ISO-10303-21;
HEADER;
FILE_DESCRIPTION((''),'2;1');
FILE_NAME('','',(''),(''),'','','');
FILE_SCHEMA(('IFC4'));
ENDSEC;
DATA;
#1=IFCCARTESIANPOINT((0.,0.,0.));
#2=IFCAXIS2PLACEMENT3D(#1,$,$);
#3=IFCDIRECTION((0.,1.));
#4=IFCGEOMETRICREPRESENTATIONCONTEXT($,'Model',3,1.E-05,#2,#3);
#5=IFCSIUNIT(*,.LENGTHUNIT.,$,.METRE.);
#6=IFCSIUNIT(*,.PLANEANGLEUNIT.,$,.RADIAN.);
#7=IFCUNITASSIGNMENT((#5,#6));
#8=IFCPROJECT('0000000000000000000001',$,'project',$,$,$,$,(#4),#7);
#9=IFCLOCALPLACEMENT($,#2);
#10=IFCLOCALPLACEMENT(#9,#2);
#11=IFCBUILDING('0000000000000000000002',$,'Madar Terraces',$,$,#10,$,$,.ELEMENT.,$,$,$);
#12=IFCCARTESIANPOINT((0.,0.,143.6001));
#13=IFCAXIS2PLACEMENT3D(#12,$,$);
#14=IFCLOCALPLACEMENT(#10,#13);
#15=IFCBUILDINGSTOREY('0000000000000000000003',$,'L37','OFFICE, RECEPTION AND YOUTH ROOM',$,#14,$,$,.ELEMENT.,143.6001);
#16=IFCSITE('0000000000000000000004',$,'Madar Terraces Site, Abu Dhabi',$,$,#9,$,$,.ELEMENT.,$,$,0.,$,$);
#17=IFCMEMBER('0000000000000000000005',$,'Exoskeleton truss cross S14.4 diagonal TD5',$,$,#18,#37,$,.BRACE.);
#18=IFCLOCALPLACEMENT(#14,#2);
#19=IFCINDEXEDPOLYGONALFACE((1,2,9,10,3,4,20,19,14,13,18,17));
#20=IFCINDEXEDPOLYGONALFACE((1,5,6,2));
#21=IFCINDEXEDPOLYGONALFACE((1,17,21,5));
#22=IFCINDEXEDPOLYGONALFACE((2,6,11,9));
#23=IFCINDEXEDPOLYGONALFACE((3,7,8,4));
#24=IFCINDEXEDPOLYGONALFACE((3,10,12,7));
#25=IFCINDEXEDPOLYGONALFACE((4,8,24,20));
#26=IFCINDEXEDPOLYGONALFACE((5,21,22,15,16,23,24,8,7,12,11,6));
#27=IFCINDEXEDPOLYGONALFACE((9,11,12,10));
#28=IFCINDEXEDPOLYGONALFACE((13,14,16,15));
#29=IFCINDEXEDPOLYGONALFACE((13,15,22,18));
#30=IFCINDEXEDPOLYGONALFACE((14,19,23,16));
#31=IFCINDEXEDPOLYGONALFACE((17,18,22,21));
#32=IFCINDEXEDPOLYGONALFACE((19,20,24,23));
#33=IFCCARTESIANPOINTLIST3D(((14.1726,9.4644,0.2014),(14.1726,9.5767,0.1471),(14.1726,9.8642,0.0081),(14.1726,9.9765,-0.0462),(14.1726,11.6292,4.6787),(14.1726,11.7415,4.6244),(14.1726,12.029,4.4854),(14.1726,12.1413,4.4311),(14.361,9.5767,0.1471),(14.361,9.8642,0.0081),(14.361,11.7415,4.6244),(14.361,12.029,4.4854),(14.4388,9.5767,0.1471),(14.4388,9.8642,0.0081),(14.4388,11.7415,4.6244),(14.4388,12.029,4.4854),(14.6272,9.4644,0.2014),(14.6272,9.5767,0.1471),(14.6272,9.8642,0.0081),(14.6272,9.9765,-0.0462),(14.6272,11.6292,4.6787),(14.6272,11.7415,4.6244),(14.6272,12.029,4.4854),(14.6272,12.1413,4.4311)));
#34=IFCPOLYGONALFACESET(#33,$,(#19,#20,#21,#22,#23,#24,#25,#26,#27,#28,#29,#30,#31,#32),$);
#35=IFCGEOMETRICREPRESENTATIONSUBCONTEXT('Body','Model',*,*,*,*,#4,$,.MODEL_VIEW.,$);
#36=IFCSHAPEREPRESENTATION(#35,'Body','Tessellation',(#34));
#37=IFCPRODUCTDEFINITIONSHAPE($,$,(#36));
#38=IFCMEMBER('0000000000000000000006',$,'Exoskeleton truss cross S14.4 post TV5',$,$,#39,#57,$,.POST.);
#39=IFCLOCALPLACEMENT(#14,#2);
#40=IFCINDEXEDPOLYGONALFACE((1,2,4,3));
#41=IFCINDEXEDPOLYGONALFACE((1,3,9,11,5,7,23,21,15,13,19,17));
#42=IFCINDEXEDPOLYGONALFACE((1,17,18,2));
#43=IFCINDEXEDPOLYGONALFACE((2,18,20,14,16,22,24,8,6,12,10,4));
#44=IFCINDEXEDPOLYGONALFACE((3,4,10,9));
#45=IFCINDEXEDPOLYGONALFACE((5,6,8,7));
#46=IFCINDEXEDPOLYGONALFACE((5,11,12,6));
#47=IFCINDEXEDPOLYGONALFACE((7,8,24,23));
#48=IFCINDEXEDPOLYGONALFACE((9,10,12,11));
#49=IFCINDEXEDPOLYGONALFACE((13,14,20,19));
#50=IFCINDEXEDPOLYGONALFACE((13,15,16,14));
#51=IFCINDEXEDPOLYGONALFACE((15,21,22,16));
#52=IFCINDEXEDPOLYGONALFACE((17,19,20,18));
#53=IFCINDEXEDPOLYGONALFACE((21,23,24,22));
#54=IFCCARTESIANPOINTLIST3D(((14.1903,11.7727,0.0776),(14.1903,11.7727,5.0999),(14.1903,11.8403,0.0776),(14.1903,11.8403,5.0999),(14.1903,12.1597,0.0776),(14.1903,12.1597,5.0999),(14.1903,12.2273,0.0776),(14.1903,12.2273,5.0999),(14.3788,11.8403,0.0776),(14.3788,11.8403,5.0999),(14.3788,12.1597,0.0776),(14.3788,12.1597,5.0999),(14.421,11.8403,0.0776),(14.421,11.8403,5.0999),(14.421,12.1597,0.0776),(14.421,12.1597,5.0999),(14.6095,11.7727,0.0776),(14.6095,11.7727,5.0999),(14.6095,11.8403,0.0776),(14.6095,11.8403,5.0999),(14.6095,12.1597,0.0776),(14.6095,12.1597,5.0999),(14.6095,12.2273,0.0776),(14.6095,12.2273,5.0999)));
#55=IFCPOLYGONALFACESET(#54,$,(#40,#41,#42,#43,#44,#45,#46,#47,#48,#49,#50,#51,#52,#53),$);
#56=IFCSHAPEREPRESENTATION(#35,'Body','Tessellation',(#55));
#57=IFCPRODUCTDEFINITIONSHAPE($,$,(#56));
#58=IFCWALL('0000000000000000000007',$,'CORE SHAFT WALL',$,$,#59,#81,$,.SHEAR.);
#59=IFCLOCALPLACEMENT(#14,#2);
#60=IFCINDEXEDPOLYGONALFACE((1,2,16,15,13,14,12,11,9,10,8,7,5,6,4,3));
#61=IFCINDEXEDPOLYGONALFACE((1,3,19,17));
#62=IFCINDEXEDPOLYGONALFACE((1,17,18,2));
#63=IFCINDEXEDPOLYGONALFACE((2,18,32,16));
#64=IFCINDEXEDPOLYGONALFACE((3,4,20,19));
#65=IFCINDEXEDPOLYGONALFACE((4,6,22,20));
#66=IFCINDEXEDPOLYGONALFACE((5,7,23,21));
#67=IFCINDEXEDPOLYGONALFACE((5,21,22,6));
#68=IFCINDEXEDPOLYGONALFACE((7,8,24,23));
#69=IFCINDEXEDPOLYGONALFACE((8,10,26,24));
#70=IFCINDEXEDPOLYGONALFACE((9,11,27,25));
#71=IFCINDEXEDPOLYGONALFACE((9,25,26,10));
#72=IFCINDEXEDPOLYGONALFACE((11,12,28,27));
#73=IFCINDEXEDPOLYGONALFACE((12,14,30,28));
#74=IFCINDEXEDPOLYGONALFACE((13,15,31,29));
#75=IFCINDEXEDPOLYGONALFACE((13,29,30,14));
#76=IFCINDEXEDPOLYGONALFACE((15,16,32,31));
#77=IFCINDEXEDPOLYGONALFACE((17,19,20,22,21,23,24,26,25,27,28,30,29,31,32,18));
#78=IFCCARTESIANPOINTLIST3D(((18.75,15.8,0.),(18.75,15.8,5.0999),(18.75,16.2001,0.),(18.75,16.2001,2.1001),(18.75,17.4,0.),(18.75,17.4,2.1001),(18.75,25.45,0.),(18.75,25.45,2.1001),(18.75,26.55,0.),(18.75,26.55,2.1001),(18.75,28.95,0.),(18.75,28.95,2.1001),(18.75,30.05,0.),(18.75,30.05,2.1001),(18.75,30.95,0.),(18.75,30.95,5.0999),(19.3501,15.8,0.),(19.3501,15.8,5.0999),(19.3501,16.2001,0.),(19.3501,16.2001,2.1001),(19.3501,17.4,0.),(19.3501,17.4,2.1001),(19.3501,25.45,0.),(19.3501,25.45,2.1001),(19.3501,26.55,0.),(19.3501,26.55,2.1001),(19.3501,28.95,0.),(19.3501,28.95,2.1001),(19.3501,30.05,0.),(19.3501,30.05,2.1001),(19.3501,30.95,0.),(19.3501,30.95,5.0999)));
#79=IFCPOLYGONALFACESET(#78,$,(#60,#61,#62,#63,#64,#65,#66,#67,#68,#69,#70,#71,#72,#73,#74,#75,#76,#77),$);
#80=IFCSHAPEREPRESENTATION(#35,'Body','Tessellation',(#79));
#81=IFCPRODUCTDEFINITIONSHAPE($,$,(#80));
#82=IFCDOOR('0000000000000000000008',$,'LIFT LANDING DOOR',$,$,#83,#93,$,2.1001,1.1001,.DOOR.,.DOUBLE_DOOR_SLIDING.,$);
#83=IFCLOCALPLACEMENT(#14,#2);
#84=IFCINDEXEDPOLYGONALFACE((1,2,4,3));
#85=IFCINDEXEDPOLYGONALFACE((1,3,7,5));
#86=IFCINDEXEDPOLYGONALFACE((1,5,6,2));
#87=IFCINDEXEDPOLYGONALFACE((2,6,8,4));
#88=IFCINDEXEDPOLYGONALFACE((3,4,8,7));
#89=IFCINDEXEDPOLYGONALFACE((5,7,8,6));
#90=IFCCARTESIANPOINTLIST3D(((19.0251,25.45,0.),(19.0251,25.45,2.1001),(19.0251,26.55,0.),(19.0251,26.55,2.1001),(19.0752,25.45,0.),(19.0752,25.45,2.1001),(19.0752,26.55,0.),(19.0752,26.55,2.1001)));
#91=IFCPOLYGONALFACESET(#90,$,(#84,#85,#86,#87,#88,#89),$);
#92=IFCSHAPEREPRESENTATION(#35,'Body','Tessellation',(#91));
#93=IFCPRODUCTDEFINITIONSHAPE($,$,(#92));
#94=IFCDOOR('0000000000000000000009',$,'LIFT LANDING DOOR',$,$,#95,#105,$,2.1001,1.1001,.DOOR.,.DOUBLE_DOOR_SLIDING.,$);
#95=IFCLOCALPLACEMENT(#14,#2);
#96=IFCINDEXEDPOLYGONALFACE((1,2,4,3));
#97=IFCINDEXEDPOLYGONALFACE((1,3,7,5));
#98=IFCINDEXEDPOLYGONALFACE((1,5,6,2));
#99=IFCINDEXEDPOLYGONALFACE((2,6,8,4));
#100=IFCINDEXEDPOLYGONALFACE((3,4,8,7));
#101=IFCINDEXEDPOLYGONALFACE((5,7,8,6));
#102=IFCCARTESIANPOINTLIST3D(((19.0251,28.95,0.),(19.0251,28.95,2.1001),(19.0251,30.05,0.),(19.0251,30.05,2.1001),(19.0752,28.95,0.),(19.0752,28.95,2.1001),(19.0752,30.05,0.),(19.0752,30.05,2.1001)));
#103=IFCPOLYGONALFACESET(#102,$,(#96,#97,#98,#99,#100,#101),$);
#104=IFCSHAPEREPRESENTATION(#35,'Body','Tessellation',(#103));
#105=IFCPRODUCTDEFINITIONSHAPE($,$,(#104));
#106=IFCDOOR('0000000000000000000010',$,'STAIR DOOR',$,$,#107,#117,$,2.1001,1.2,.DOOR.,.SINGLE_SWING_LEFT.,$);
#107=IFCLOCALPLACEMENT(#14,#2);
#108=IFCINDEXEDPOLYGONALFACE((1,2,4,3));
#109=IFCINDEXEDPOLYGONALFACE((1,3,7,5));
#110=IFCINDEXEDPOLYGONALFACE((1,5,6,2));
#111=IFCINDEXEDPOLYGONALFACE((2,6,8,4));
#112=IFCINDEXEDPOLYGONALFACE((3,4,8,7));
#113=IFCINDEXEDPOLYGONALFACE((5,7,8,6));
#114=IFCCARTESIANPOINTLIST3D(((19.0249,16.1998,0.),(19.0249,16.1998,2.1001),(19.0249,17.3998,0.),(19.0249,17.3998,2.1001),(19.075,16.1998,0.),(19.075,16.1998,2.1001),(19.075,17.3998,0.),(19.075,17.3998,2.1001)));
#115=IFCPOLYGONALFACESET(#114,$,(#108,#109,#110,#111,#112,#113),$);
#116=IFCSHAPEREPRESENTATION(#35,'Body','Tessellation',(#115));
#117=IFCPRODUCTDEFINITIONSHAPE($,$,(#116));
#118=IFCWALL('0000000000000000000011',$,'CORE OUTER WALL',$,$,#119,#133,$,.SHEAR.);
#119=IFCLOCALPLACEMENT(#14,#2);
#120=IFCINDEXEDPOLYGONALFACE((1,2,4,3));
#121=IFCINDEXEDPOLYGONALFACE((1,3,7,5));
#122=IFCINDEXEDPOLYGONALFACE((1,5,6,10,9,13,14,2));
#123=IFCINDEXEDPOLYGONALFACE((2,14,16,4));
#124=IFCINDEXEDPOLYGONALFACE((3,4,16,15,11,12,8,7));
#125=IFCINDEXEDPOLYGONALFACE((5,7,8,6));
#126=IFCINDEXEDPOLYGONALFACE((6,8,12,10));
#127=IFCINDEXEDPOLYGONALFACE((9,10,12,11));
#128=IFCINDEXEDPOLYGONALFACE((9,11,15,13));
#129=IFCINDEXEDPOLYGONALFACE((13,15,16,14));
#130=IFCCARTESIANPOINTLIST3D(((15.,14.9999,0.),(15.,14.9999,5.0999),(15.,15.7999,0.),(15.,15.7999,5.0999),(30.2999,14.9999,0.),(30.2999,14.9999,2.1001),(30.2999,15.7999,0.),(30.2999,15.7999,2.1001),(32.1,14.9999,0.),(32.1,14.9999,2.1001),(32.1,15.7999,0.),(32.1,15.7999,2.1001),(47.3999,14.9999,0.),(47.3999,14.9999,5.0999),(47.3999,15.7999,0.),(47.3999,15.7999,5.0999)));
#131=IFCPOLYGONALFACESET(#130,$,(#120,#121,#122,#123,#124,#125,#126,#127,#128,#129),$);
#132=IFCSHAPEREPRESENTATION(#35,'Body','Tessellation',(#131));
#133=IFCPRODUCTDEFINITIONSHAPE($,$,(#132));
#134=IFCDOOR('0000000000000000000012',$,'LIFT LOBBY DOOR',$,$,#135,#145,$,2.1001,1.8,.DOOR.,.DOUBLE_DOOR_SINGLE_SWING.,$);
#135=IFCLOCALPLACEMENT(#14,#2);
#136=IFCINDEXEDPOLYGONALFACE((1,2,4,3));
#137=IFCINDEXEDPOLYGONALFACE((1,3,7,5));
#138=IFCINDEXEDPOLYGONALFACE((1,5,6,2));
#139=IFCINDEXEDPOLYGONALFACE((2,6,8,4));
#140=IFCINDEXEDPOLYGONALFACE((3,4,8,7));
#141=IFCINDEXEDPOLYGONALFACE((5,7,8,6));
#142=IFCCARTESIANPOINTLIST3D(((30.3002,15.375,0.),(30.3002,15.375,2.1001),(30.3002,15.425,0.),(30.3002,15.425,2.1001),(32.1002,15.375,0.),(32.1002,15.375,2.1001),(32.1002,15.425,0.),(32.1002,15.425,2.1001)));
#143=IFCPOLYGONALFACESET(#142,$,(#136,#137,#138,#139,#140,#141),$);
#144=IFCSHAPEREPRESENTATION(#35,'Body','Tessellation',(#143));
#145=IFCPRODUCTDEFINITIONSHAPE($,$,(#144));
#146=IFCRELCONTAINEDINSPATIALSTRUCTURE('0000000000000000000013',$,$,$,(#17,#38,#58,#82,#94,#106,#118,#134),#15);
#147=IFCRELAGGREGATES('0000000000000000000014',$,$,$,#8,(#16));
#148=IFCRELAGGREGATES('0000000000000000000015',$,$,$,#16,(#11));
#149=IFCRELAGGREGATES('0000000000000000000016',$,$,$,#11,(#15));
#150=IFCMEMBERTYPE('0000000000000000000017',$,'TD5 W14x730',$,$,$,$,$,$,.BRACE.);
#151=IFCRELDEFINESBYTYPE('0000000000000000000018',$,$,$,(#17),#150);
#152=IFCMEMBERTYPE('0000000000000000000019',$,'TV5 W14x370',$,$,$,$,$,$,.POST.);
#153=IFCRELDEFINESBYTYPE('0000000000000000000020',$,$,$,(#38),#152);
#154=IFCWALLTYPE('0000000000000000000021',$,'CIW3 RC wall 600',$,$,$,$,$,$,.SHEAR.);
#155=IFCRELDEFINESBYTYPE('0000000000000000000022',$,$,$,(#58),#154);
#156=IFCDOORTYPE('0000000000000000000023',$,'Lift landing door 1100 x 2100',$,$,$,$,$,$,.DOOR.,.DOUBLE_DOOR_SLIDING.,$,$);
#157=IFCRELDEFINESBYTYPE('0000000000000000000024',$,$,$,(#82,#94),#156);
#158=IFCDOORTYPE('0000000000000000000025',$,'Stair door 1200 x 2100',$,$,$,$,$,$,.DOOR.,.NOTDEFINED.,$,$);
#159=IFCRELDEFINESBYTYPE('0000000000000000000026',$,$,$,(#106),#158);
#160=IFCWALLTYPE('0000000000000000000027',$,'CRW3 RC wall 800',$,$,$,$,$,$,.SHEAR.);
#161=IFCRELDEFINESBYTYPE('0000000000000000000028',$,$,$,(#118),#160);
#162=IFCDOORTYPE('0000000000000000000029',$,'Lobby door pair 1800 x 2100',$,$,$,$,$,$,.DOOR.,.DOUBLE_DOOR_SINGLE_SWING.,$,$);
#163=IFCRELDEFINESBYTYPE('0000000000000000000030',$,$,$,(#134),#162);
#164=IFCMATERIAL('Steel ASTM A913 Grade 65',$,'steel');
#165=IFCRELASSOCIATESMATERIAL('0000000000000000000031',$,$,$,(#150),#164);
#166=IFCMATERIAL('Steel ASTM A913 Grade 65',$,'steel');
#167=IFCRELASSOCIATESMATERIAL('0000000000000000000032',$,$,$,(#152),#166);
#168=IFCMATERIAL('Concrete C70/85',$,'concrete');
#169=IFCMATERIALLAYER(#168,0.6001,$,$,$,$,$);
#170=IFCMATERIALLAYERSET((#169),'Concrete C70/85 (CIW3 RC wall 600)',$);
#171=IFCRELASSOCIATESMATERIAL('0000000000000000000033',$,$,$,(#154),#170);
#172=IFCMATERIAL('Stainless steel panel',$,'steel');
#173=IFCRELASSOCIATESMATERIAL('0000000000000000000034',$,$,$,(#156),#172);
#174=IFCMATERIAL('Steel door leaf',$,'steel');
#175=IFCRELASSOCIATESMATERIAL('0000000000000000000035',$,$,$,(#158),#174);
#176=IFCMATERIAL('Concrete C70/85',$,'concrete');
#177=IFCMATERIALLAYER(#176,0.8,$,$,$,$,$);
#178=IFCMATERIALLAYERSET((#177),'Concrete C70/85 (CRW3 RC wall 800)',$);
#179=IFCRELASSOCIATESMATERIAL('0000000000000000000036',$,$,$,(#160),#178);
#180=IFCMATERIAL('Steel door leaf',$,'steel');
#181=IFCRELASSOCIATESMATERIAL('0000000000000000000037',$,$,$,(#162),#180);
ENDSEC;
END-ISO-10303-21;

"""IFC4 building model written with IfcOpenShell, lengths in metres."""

from ifc_helpers import new_model, si_unit, direction, frame, frame_2d, origin, origin_2d, place, context, subcontext, project, spatial, rectangle, i_section, extrude, material, layer, layer_set, material_profile, profile_set, type_object, element, fill, save


model = new_model("IFC4")

# Units and contexts
model_context = context("Model", 3, precision=1e-05, world=origin(), true_north=direction((0.0, 1.0)))
body_context = subcontext(model_context, "Body", "Model", "MODEL_VIEW")
ifc_project = project(units=[si_unit("LENGTHUNIT", "METRE"), si_unit("PLANEANGLEUNIT", "RADIAN")], contexts=[model_context])

# Site, building, storey
site_placement = place(None, origin())
site = spatial("IfcSite", under=ifc_project, at=site_placement, Name="Madar Terraces Site, Abu Dhabi", CompositionType="ELEMENT", RefElevation=0.0)
building_placement = place(site_placement, origin())
building = spatial("IfcBuilding", under=site, at=building_placement, Name="Madar Terraces", CompositionType="ELEMENT")
storey_placement = place(building_placement, frame((0.0, 0.0, 143.6001)))
storey = spatial("IfcBuildingStorey", under=building, at=storey_placement, Name="L37", Description="OFFICE, RECEPTION AND YOUTH ROOM", CompositionType="ELEMENT", Elevation=143.6001)

# Members
ifc_material_1 = material(Name="Steel ASTM A913 Grade 65", Category="steel")
ifc_material_profile_1 = material_profile(ifc_material_1, i_section(OverallWidth=0.4546, OverallDepth=0.5688, WebThickness=0.0779, FlangeThickness=0.1248, at=origin_2d()), Name="W14x730")
ifc_profile_set_1 = profile_set([ifc_material_profile_1], Name="Steel ASTM A913 Grade 65")
member_type_1 = type_object("IfcMemberType", Name="TD5 W14x730", PredefinedType="BRACE", material=ifc_profile_set_1)
member_1_placement = place(storey_placement, frame((14.3999, 9.7205, 0.0776), z_axis=(0.0, 0.435294, 0.900288), x_axis=(-1.0, 0.0, 0.0)))
element("IfcMember", 1, at=member_1_placement, inside=storey, type_object=member_type_1, Name="Exoskeleton truss cross S14.4 diagonal TD5", PredefinedType="BRACE", context=body_context, shape_type="SweptSolid", body=[
    extrude(i_section(OverallWidth=0.4546, OverallDepth=0.5688, WebThickness=0.0779, FlangeThickness=0.1248, at=origin_2d()), origin(), (0.0, 0.0, 1.0), 4.9731),
])
ifc_material_2 = material(Name="Steel ASTM A913 Grade 65", Category="steel")
ifc_material_profile_2 = material_profile(ifc_material_2, i_section(OverallWidth=0.4192, OverallDepth=0.4546, WebThickness=0.0422, FlangeThickness=0.0676, at=origin_2d()), Name="W14x370")
ifc_profile_set_2 = profile_set([ifc_material_profile_2], Name="Steel ASTM A913 Grade 65")
member_type_2 = type_object("IfcMemberType", Name="TV5 W14x370", PredefinedType="POST", material=ifc_profile_set_2)
member_2_placement = place(storey_placement, frame((14.3999, 12.0, 0.0776), z_axis=(0.0, 0.0, 1.0), x_axis=(-1.0, 0.0, 0.0)))
element("IfcMember", 2, at=member_2_placement, inside=storey, type_object=member_type_2, Name="Exoskeleton truss cross S14.4 post TV5", PredefinedType="POST", context=body_context, shape_type="SweptSolid", body=[
    extrude(i_section(OverallWidth=0.4192, OverallDepth=0.4546, WebThickness=0.0422, FlangeThickness=0.0676, at=origin_2d()), origin(), (0.0, 0.0, 1.0), 5.0222),
])

# Wall, openings, doors
ifc_material_3 = material(Name="Concrete C70/85", Category="concrete")
ifc_layer_1 = layer(ifc_material_3, 0.6001)
ifc_layer_set_1 = layer_set([ifc_layer_1], Name="Concrete C70/85 (CIW3 RC wall 600)")
wall_type_1 = type_object("IfcWallType", Name="CIW3 RC wall 600", PredefinedType="SHEAR", material=ifc_layer_set_1)
wall_1_placement = place(storey_placement, frame((19.05, 15.8, 0.0), z_axis=(0.0, 0.0, 1.0), x_axis=(0.0, 1.0, 0.0)))
wall_1 = element("IfcWall", 3, at=wall_1_placement, inside=storey, type_object=wall_type_1, Name="CORE SHAFT WALL", PredefinedType="SHEAR", context=body_context, shape_type="SweptSolid", body=[
    extrude(rectangle(XDim=15.1499, YDim=0.6001, at=frame_2d((7.575, 0.0))), origin(), (0.0, 0.0, 1.0), 5.0999),
])
opening_1_placement = place(wall_1_placement, frame((9.6499, 0.0, 0.0)))
opening_1 = element("IfcOpeningElement", 4, at=opening_1_placement, cuts=wall_1, PredefinedType="OPENING", context=body_context, shape_type="SweptSolid", body=[
    extrude(rectangle(XDim=1.1001, YDim=2.1001, at=frame_2d((0.55, 1.05))), frame((0.0, 0.3101, 0.0), z_axis=(0.0, -1.0, 0.0), x_axis=(1.0, 0.0, 0.0)), (0.0, 0.0, 1.0), 0.6201),
])
opening_2_placement = place(wall_1_placement, frame((13.1499, 0.0, 0.0)))
opening_2 = element("IfcOpeningElement", 5, at=opening_2_placement, cuts=wall_1, PredefinedType="OPENING", context=body_context, shape_type="SweptSolid", body=[
    extrude(rectangle(XDim=1.1001, YDim=2.1001, at=frame_2d((0.55, 1.05))), frame((0.0, 0.3101, 0.0), z_axis=(0.0, -1.0, 0.0), x_axis=(1.0, 0.0, 0.0)), (0.0, 0.0, 1.0), 0.6201),
])
opening_3_placement = place(wall_1_placement, frame((0.3999, 0.0, 0.0)))
opening_3 = element("IfcOpeningElement", 6, at=opening_3_placement, cuts=wall_1, PredefinedType="OPENING", context=body_context, shape_type="SweptSolid", body=[
    extrude(rectangle(XDim=1.2, YDim=2.1001, at=frame_2d((0.6001, 1.05))), frame((0.0, 0.3101, 0.0), z_axis=(0.0, -1.0, 0.0), x_axis=(1.0, 0.0, 0.0)), (0.0, 0.0, 1.0), 0.6201),
])
ifc_material_4 = material(Name="Stainless steel panel", Category="steel")
door_type_1 = type_object("IfcDoorType", Name="Lift landing door 1100 x 2100", OperationType="DOUBLE_DOOR_SLIDING", PredefinedType="DOOR", material=ifc_material_4)
door_1_placement = place(opening_1_placement, origin())
door_1 = element("IfcDoor", 7, at=door_1_placement, inside=storey, type_object=door_type_1, Name="LIFT LANDING DOOR", OperationType="DOUBLE_DOOR_SLIDING", OverallHeight=2.1001, OverallWidth=1.1001, PredefinedType="DOOR", context=body_context, shape_type="SweptSolid", body=[
    extrude(rectangle(XDim=1.1001, YDim=2.1001, at=frame_2d((0.55, 1.05))), frame((0.0, 0.0249, 0.0), z_axis=(0.0, -1.0, 0.0), x_axis=(1.0, 0.0, 0.0)), (0.0, 0.0, 1.0), 0.05),
])
fill(opening_1, door_1)
door_2_placement = place(opening_2_placement, origin())
door_2 = element("IfcDoor", 8, at=door_2_placement, inside=storey, type_object=door_type_1, Name="LIFT LANDING DOOR", OperationType="DOUBLE_DOOR_SLIDING", OverallHeight=2.1001, OverallWidth=1.1001, PredefinedType="DOOR", context=body_context, shape_type="SweptSolid", body=[
    extrude(rectangle(XDim=1.1001, YDim=2.1001, at=frame_2d((0.55, 1.05))), frame((0.0, 0.0249, 0.0), z_axis=(0.0, -1.0, 0.0), x_axis=(1.0, 0.0, 0.0)), (0.0, 0.0, 1.0), 0.05),
])
fill(opening_2, door_2)
ifc_material_5 = material(Name="Steel door leaf", Category="steel")
door_type_2 = type_object("IfcDoorType", Name="Stair door 1200 x 2100", OperationType="NOTDEFINED", PredefinedType="DOOR", material=ifc_material_5)
door_3_placement = place(opening_3_placement, frame((1.2, 0.0, 0.0), z_axis=(0.0, 0.0, 1.0), x_axis=(-1.0, 0.0, 0.0)))
door_3 = element("IfcDoor", 9, at=door_3_placement, inside=storey, type_object=door_type_2, Name="STAIR DOOR", OperationType="SINGLE_SWING_LEFT", OverallHeight=2.1001, OverallWidth=1.2, PredefinedType="DOOR", context=body_context, shape_type="SweptSolid", body=[
    extrude(rectangle(XDim=1.2, YDim=2.1001, at=frame_2d((0.6001, 1.05))), frame((0.0, 0.0249, 0.0), z_axis=(0.0, -1.0, 0.0), x_axis=(1.0, 0.0, 0.0)), (0.0, 0.0, 1.0), 0.05),
])
fill(opening_3, door_3)

# Wall, opening, door
ifc_material_6 = material(Name="Concrete C70/85", Category="concrete")
ifc_layer_2 = layer(ifc_material_6, 0.8)
ifc_layer_set_2 = layer_set([ifc_layer_2], Name="Concrete C70/85 (CRW3 RC wall 800)")
wall_type_2 = type_object("IfcWallType", Name="CRW3 RC wall 800", PredefinedType="SHEAR", material=ifc_layer_set_2)
wall_2_placement = place(storey_placement, frame((15.0, 15.3999, 0.0), z_axis=(0.0, 0.0, 1.0), x_axis=(1.0, 0.0, 0.0)))
wall_2 = element("IfcWall", 10, at=wall_2_placement, inside=storey, type_object=wall_type_2, Name="CORE OUTER WALL", PredefinedType="SHEAR", context=body_context, shape_type="SweptSolid", body=[
    extrude(rectangle(XDim=32.3999, YDim=0.8, at=frame_2d((16.2, 0.0))), origin(), (0.0, 0.0, 1.0), 5.0999),
])
opening_4_placement = place(wall_2_placement, frame((15.3, 0.0, 0.0)))
opening_4 = element("IfcOpeningElement", 11, at=opening_4_placement, cuts=wall_2, PredefinedType="OPENING", context=body_context, shape_type="SweptSolid", body=[
    extrude(rectangle(XDim=1.8, YDim=2.1001, at=frame_2d((0.8999, 1.05))), frame((0.0, 0.4099, 0.0), z_axis=(0.0, -1.0, 0.0), x_axis=(1.0, 0.0, 0.0)), (0.0, 0.0, 1.0), 0.8201),
])
ifc_material_7 = material(Name="Steel door leaf", Category="steel")
door_type_3 = type_object("IfcDoorType", Name="Lobby door pair 1800 x 2100", OperationType="DOUBLE_DOOR_SINGLE_SWING", PredefinedType="DOOR", material=ifc_material_7)
door_4_placement = place(opening_4_placement, frame((1.8, 0.0, 0.0), z_axis=(0.0, 0.0, 1.0), x_axis=(-1.0, 0.0, 0.0)))
door_4 = element("IfcDoor", 12, at=door_4_placement, inside=storey, type_object=door_type_3, Name="LIFT LOBBY DOOR", OperationType="DOUBLE_DOOR_SINGLE_SWING", OverallHeight=2.1001, OverallWidth=1.8, PredefinedType="DOOR", context=body_context, shape_type="SweptSolid", body=[
    extrude(rectangle(XDim=1.8, YDim=2.1001, at=frame_2d((0.8999, 1.05))), frame((0.0, 0.0249, 0.0), z_axis=(0.0, -1.0, 0.0), x_axis=(1.0, 0.0, 0.0)), (0.0, 0.0, 1.0), 0.05),
])
fill(opening_4, door_4)

save(model, "model.ifc")
